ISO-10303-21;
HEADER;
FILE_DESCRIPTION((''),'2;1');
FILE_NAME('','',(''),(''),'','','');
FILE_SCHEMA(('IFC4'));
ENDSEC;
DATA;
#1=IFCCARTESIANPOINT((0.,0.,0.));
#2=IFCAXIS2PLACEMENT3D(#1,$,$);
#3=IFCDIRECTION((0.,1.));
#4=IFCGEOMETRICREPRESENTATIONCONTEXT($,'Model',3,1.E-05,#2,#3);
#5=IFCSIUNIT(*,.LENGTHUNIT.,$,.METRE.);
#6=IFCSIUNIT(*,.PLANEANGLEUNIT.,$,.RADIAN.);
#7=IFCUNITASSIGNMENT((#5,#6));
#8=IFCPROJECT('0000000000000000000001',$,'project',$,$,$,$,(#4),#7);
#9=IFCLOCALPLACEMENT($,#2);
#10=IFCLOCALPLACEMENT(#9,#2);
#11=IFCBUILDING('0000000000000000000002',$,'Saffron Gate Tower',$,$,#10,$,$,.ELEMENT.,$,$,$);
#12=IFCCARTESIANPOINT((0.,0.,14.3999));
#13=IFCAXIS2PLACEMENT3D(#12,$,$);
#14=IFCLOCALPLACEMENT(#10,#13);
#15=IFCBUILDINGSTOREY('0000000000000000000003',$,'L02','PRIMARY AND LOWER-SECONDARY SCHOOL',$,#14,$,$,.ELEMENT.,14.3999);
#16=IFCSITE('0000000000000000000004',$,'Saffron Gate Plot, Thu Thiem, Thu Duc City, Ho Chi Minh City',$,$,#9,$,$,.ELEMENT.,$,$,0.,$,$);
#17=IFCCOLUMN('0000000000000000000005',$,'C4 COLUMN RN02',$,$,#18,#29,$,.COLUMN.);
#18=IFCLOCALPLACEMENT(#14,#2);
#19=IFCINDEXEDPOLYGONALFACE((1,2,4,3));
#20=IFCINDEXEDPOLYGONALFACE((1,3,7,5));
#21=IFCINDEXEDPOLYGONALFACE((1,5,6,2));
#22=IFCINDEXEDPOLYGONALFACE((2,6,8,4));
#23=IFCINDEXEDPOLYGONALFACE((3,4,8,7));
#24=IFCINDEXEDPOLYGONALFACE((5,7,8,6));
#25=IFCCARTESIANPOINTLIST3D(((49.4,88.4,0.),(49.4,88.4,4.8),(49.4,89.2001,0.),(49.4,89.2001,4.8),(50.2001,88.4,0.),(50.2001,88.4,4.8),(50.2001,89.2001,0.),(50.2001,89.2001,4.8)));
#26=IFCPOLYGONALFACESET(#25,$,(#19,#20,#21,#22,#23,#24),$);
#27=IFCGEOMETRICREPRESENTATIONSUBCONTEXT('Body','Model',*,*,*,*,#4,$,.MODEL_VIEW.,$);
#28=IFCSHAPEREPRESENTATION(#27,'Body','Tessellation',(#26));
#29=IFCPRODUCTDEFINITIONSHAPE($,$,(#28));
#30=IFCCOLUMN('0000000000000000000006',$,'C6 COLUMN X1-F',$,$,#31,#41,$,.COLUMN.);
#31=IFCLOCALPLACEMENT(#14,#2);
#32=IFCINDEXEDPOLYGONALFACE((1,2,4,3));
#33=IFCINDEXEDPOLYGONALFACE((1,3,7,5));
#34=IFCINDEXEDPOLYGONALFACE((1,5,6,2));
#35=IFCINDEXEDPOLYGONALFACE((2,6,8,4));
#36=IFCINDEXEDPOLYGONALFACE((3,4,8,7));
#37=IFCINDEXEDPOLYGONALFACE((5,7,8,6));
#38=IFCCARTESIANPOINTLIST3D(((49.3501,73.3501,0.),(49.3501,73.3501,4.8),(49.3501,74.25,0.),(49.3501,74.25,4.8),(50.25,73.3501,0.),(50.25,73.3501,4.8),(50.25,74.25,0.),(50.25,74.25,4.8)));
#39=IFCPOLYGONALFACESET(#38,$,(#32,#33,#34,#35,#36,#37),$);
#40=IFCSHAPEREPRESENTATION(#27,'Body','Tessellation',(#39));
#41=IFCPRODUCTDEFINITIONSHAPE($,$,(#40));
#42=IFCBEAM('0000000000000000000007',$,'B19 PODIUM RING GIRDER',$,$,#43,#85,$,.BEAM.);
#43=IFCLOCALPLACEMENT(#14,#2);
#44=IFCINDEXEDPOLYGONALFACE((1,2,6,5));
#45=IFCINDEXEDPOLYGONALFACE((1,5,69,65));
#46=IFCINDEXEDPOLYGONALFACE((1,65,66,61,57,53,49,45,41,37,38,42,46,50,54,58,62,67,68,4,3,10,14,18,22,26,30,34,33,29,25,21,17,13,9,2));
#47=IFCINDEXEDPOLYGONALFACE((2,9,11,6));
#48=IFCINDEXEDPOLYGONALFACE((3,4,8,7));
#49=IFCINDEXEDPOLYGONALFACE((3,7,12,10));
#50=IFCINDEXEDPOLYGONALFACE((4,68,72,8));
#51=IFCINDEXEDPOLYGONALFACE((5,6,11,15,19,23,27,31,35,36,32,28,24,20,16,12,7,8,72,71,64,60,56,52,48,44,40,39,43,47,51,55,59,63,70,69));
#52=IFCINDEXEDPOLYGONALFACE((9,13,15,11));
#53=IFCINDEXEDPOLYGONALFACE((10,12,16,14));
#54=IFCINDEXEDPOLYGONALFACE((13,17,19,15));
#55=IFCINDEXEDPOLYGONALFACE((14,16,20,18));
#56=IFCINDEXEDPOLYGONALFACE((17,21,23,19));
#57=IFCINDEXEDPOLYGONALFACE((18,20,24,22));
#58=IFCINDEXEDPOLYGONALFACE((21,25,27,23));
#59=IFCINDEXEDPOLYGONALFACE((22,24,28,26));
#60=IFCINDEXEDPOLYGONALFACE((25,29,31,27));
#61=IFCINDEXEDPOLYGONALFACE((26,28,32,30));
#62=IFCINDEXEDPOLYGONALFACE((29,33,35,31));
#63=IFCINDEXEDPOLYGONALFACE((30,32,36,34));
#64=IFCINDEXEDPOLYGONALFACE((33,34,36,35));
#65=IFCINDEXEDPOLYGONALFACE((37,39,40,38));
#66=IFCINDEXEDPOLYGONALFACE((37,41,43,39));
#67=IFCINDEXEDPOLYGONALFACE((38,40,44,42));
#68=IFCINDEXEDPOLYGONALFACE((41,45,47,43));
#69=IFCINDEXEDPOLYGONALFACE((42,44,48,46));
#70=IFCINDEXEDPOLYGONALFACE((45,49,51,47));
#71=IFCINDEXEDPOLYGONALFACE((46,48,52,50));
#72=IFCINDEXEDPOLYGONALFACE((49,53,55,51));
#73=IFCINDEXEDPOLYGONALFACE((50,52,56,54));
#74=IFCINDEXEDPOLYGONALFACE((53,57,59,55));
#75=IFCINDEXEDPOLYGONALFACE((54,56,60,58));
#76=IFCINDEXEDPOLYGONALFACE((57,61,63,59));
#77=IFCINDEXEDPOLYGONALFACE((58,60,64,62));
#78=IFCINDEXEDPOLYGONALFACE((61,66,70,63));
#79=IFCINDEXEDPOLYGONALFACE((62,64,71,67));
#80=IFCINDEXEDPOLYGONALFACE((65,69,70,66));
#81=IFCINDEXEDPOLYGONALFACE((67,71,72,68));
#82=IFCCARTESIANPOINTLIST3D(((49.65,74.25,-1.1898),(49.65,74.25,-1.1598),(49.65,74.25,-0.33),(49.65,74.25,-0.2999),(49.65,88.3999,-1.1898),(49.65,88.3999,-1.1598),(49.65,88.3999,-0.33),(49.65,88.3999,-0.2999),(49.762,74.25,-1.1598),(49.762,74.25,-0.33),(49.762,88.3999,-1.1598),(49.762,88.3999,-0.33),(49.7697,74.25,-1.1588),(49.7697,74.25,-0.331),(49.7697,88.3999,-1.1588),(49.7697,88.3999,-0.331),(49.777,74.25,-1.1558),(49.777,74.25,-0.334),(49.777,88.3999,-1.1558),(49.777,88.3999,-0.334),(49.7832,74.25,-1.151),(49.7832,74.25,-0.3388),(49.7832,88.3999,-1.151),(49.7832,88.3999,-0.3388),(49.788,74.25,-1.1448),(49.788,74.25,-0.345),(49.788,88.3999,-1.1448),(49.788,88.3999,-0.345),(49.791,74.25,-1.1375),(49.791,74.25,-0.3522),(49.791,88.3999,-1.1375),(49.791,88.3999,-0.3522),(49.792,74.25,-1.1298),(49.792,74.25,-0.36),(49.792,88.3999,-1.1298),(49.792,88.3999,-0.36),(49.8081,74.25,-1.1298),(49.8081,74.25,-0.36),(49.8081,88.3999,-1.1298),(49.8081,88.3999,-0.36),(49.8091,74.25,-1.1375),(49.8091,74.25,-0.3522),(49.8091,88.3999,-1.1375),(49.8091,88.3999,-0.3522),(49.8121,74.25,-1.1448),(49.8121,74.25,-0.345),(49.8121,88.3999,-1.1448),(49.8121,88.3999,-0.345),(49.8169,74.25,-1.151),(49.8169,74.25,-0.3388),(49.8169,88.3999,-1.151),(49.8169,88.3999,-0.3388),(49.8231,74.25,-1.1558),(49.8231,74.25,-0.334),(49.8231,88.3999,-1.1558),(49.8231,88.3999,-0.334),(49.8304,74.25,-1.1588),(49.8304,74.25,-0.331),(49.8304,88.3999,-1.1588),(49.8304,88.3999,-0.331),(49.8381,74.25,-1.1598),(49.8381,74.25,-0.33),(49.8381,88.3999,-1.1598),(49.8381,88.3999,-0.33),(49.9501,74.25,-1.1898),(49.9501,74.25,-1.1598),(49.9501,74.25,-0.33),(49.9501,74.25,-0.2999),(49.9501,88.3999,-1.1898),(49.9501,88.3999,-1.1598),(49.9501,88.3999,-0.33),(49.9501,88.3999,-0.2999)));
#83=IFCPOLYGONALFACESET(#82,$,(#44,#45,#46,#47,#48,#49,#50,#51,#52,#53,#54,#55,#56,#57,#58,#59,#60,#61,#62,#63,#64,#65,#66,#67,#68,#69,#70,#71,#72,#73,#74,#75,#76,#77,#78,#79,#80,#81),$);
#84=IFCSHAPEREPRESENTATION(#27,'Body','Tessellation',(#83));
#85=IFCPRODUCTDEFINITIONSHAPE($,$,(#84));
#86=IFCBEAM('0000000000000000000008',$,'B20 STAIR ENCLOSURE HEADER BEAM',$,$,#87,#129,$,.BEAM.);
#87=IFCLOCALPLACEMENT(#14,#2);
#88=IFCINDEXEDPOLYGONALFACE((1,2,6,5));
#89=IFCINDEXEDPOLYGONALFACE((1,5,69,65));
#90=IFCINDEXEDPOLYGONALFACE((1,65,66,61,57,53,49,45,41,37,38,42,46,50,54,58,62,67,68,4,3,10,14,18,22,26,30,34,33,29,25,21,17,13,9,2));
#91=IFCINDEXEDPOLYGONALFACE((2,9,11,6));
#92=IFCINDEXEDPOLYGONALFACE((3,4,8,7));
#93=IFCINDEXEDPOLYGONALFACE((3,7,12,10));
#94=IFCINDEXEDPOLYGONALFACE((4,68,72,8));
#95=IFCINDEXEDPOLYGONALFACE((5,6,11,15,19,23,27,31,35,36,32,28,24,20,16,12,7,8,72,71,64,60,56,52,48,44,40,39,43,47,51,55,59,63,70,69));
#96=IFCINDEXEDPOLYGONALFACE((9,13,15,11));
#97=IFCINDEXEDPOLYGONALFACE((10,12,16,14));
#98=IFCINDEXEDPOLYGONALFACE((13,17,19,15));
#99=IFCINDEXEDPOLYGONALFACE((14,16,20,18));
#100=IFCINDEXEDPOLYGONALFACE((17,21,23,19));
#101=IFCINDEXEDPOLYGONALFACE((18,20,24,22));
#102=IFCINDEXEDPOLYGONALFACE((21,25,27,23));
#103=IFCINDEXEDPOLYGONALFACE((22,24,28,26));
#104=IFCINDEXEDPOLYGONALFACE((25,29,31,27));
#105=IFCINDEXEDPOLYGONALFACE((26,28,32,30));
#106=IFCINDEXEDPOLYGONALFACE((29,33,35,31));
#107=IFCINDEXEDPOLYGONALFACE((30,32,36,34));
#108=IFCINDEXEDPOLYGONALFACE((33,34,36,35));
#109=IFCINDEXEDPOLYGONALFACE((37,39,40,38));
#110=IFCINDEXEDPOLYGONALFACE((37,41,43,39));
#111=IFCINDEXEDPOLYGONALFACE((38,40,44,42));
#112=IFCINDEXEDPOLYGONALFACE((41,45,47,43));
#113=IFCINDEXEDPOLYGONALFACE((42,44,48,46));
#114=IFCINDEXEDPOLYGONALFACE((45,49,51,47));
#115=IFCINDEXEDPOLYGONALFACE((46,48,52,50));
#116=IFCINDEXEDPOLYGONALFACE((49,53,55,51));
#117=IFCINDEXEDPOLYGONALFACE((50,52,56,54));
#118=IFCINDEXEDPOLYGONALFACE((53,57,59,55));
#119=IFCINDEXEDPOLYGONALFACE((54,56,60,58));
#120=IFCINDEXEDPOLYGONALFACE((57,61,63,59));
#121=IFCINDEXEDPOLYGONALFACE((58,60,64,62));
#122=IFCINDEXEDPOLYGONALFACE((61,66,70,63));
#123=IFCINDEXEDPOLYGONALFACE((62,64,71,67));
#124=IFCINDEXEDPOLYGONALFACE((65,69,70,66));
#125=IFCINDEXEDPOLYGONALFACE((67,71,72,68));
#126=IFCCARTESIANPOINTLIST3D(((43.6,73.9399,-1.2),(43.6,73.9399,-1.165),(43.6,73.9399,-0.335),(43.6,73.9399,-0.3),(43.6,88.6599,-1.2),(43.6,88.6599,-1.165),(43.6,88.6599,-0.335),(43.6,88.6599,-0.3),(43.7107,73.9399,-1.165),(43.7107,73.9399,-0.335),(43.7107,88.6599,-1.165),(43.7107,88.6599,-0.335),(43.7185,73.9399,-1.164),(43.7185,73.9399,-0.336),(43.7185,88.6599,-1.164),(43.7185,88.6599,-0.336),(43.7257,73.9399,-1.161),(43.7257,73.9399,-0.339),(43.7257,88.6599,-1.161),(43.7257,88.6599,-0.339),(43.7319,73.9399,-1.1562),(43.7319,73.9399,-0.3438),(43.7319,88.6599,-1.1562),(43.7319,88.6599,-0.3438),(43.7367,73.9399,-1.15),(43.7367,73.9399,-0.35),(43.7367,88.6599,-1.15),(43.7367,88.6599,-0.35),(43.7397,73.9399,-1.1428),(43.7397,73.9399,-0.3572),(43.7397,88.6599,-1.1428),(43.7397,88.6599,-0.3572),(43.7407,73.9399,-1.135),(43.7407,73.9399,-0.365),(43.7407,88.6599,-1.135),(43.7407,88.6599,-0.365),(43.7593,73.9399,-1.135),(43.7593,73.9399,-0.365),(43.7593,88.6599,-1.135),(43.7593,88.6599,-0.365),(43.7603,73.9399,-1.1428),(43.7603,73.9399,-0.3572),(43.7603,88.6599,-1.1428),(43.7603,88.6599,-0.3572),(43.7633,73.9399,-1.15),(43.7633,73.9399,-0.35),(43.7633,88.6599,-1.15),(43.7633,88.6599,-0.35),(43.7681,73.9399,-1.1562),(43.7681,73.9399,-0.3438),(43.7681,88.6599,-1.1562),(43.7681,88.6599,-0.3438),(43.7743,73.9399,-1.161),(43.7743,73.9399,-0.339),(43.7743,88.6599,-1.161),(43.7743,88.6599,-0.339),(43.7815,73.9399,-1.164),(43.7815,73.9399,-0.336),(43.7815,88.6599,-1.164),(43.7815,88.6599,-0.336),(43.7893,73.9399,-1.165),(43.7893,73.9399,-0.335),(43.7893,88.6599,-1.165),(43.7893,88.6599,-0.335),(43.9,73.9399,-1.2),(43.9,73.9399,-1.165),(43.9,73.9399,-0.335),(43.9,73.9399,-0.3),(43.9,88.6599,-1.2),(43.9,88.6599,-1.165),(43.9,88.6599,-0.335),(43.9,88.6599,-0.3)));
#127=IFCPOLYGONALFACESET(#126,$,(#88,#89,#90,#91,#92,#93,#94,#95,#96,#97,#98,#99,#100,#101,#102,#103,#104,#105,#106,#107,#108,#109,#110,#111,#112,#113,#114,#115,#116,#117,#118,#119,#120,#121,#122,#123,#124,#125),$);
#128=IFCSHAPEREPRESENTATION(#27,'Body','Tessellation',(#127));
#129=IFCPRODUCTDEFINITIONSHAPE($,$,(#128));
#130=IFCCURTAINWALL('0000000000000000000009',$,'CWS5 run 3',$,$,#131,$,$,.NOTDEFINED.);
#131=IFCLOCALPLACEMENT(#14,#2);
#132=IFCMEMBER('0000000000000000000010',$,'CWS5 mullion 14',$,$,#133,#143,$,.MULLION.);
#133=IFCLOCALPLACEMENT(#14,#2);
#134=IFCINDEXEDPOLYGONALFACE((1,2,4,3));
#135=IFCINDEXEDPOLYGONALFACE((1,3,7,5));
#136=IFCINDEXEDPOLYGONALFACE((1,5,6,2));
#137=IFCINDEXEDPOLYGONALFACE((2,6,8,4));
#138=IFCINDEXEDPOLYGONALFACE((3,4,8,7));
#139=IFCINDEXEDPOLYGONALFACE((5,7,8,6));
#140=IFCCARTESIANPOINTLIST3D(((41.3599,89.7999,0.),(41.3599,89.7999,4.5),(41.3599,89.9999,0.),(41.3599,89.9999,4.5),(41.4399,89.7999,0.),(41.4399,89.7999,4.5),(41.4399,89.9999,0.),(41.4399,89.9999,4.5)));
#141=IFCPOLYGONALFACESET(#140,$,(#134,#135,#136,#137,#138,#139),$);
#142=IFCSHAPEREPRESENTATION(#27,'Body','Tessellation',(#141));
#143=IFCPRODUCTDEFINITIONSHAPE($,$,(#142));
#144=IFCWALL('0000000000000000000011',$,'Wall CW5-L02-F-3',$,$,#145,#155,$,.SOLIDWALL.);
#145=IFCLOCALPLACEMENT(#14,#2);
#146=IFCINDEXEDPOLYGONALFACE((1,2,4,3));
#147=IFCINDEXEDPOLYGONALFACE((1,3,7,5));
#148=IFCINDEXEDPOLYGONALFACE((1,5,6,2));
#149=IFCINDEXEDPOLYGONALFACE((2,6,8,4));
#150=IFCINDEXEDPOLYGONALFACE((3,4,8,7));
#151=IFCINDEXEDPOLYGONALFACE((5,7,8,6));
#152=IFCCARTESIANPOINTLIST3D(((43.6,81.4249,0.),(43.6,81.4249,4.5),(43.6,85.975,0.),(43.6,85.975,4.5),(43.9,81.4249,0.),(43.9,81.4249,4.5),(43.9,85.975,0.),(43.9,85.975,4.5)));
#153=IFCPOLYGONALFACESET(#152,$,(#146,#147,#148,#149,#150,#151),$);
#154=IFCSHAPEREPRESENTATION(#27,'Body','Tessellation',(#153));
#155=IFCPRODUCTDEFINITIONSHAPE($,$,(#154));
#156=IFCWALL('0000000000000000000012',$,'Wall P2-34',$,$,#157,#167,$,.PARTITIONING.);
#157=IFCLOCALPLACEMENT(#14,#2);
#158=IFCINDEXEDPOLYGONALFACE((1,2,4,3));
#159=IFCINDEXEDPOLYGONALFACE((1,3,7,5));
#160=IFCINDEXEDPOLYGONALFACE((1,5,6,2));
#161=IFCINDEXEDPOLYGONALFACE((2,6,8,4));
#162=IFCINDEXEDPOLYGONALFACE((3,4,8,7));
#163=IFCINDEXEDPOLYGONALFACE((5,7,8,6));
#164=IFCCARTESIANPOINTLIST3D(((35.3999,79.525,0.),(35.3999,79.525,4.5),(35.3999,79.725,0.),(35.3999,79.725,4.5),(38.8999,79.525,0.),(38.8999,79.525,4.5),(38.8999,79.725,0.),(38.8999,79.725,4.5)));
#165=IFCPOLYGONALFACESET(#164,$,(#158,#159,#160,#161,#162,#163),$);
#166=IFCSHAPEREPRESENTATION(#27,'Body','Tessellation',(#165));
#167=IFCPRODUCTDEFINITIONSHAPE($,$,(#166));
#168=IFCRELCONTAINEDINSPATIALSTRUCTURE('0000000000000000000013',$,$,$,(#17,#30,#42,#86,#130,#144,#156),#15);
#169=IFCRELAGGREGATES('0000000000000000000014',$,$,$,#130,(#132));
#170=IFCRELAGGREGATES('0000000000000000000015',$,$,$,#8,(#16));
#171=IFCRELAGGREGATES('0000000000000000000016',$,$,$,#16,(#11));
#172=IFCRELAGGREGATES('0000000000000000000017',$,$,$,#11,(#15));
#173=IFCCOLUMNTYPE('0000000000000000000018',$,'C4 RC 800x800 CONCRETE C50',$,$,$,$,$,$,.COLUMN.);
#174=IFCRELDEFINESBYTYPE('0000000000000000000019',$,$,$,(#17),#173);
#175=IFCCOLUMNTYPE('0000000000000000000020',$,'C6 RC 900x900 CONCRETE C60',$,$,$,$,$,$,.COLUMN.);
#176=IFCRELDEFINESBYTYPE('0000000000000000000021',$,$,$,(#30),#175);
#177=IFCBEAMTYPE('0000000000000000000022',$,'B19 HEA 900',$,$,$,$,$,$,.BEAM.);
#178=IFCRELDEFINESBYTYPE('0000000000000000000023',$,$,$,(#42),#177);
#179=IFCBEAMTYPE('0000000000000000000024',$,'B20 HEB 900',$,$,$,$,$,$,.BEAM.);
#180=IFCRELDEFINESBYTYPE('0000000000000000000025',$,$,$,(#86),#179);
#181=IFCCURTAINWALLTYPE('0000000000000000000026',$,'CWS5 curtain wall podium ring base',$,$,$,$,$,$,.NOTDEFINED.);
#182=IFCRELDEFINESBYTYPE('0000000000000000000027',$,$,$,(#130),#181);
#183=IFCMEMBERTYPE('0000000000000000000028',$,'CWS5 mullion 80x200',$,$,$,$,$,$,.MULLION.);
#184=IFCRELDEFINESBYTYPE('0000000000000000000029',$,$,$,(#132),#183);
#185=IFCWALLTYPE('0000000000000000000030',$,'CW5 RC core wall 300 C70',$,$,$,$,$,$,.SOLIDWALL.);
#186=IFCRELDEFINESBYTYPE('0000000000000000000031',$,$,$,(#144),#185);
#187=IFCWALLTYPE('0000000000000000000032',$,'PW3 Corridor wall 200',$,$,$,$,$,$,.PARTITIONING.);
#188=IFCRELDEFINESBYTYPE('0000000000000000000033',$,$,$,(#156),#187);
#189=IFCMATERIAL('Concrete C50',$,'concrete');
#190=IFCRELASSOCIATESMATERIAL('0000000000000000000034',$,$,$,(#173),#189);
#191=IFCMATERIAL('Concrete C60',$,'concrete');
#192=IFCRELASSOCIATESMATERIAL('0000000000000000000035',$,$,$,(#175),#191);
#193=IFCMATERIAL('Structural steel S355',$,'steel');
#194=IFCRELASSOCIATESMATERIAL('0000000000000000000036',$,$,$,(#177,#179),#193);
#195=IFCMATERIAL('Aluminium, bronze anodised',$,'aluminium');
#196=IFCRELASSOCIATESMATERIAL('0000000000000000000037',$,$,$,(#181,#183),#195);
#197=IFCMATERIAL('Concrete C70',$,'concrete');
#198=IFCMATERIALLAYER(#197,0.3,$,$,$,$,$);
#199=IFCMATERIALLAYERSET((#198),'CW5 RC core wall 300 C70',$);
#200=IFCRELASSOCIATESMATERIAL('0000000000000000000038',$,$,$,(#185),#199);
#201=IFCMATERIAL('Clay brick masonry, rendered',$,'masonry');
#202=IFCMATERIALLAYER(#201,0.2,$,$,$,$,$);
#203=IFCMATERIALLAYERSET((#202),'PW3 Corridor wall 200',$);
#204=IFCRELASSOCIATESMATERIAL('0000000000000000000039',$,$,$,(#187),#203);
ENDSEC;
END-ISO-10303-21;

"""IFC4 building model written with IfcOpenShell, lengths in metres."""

from ifc_helpers import new_model, si_unit, direction, frame, frame_2d, origin, origin_2d, place, context, subcontext, project, spatial, rectangle, i_section, extrude, material, layer, layer_set, material_profile, profile_set, type_object, element, aggregate, save


model = new_model("IFC4")

# Units and contexts
model_context = context("Model", 3, precision=1e-05, world=origin(), true_north=direction((0.0, 1.0)))
body_context = subcontext(model_context, "Body", "Model", "MODEL_VIEW")
ifc_project = project(units=[si_unit("LENGTHUNIT", "METRE"), si_unit("PLANEANGLEUNIT", "RADIAN")], contexts=[model_context])

# Site, building, storey
site_placement = place(None, origin())
site = spatial("IfcSite", under=ifc_project, at=site_placement, Name="Saffron Gate Plot, Thu Thiem, Thu Duc City, Ho Chi Minh City", CompositionType="ELEMENT", RefElevation=0.0)
building_placement = place(site_placement, origin())
building = spatial("IfcBuilding", under=site, at=building_placement, Name="Saffron Gate Tower", CompositionType="ELEMENT")
storey_placement = place(building_placement, frame((0.0, 0.0, 14.3999)))
storey = spatial("IfcBuildingStorey", under=building, at=storey_placement, Name="L02", Description="PRIMARY AND LOWER-SECONDARY SCHOOL", CompositionType="ELEMENT", Elevation=14.3999)

# Columns
ifc_material_1 = material(Name="Concrete C50", Category="concrete")
ifc_material_profile_1 = material_profile(ifc_material_1, rectangle(XDim=0.8, YDim=0.8, at=origin_2d()))
ifc_profile_set_1 = profile_set([ifc_material_profile_1], Name="Concrete C50")
column_type_1 = type_object("IfcColumnType", Name="C4 RC 800x800 CONCRETE C50", PredefinedType="COLUMN", material=ifc_profile_set_1)
column_1_placement = place(storey_placement, frame((49.8, 88.8, 0.0), z_axis=(0.0, 0.0, 1.0), x_axis=(1.0, 0.0, 0.0)))
element("IfcColumn", 1, at=column_1_placement, inside=storey, type_object=column_type_1, Name="C4 COLUMN RN02", PredefinedType="COLUMN", context=body_context, shape_type="SweptSolid", body=[
    extrude(rectangle(XDim=0.8, YDim=0.8, at=origin_2d()), origin(), (0.0, 0.0, 1.0), 4.8),
])
ifc_material_2 = material(Name="Concrete C60", Category="concrete")
ifc_material_profile_2 = material_profile(ifc_material_2, rectangle(XDim=0.8999, YDim=0.8999, at=origin_2d()))
ifc_profile_set_2 = profile_set([ifc_material_profile_2], Name="Concrete C60")
column_type_2 = type_object("IfcColumnType", Name="C6 RC 900x900 CONCRETE C60", PredefinedType="COLUMN", material=ifc_profile_set_2)
column_2_placement = place(storey_placement, frame((49.8, 73.8, 0.0), z_axis=(0.0, 0.0, 1.0), x_axis=(1.0, 0.0, 0.0)))
element("IfcColumn", 2, at=column_2_placement, inside=storey, type_object=column_type_2, Name="C6 COLUMN X1-F", PredefinedType="COLUMN", context=body_context, shape_type="SweptSolid", body=[
    extrude(rectangle(XDim=0.8999, YDim=0.8999, at=origin_2d()), origin(), (0.0, 0.0, 1.0), 4.8),
])

# Beams
ifc_material_3 = material(Name="Structural steel S355", Category="steel")
ifc_material_profile_3 = material_profile(ifc_material_3, i_section(OverallWidth=0.3, OverallDepth=0.8899, WebThickness=0.0161, FlangeThickness=0.03, FilletRadius=0.03, at=origin_2d()))
ifc_profile_set_3 = profile_set([ifc_material_profile_3], Name="Structural steel S355")
beam_type_1 = type_object("IfcBeamType", Name="B19 HEA 900", PredefinedType="BEAM", material=ifc_profile_set_3)
beam_1_placement = place(storey_placement, frame((49.8, 88.3999, -0.7449), z_axis=(0.0, -1.0, 0.0), x_axis=(1.0, 0.0, 0.0)))
element("IfcBeam", 3, at=beam_1_placement, inside=storey, type_object=beam_type_1, Name="B19 PODIUM RING GIRDER", PredefinedType="BEAM", context=body_context, shape_type="SweptSolid", body=[
    extrude(i_section(OverallWidth=0.3, OverallDepth=0.8899, WebThickness=0.0161, FlangeThickness=0.03, FilletRadius=0.03, at=origin_2d()), origin(), (0.0, 0.0, 1.0), 14.1499),
])
ifc_material_profile_4 = material_profile(ifc_material_3, i_section(OverallWidth=0.3, OverallDepth=0.8999, WebThickness=0.0186, FlangeThickness=0.0349, FilletRadius=0.03, at=origin_2d()))
ifc_profile_set_4 = profile_set([ifc_material_profile_4], Name="Structural steel S355")
beam_type_2 = type_object("IfcBeamType", Name="B20 HEB 900", PredefinedType="BEAM", material=ifc_profile_set_4)
beam_2_placement = place(storey_placement, frame((43.75, 73.9399, -0.75), z_axis=(0.0, 1.0, 0.0), x_axis=(-1.0, 0.0, 0.0)))
element("IfcBeam", 4, at=beam_2_placement, inside=storey, type_object=beam_type_2, Name="B20 STAIR ENCLOSURE HEADER BEAM", PredefinedType="BEAM", context=body_context, shape_type="SweptSolid", body=[
    extrude(i_section(OverallWidth=0.3, OverallDepth=0.8999, WebThickness=0.0186, FlangeThickness=0.0349, FilletRadius=0.03, at=origin_2d()), origin(), (0.0, 0.0, 1.0), 14.72),
])

# Curtain wall, member
ifc_material_4 = material(Name="Aluminium, bronze anodised", Category="aluminium")
curtain_wall_type = type_object("IfcCurtainWallType", Name="CWS5 curtain wall podium ring base", PredefinedType="NOTDEFINED", material=ifc_material_4)
curtain_wall_placement = place(storey_placement, origin())
curtain_wall = element("IfcCurtainWall", 5, at=curtain_wall_placement, inside=storey, type_object=curtain_wall_type, Name="CWS5 run 3", PredefinedType="NOTDEFINED")
ifc_material_profile_5 = material_profile(ifc_material_4, rectangle(XDim=0.2, YDim=0.0801, at=origin_2d()))
ifc_profile_set_5 = profile_set([ifc_material_profile_5], Name="Aluminium, bronze anodised")
member_type = type_object("IfcMemberType", Name="CWS5 mullion 80x200", PredefinedType="MULLION", material=ifc_profile_set_5)
member_placement = place(storey_placement, frame((41.3999, 89.8999, 0.0), z_axis=(0.0, 0.0, 1.0), x_axis=(0.0, -1.0, 0.0)))
member = element("IfcMember", 6, at=member_placement, type_object=member_type, Name="CWS5 mullion 14", PredefinedType="MULLION", context=body_context, shape_type="SweptSolid", body=[
    extrude(rectangle(XDim=0.2, YDim=0.0801, at=origin_2d()), origin(), (0.0, 0.0, 1.0), 4.5),
])
aggregate(curtain_wall, [member])

# Walls
ifc_material_5 = material(Name="Concrete C70", Category="concrete")
ifc_layer_1 = layer(ifc_material_5, 0.3)
ifc_layer_set_1 = layer_set([ifc_layer_1], Name="CW5 RC core wall 300 C70")
wall_type_1 = type_object("IfcWallType", Name="CW5 RC core wall 300 C70", PredefinedType="SOLIDWALL", material=ifc_layer_set_1)
wall_1_placement = place(storey_placement, frame((43.75, 81.425, 0.0), z_axis=(0.0, 0.0, 1.0), x_axis=(0.0, 1.0, 0.0)))
element("IfcWall", 7, at=wall_1_placement, inside=storey, type_object=wall_type_1, Name="Wall CW5-L02-F-3", PredefinedType="SOLIDWALL", context=body_context, shape_type="SweptSolid", body=[
    extrude(rectangle(XDim=4.55, YDim=0.3, at=frame_2d((2.2749, 0.0))), origin(), (0.0, 0.0, 1.0), 4.5),
])
ifc_material_6 = material(Name="Clay brick masonry, rendered", Category="masonry")
ifc_layer_2 = layer(ifc_material_6, 0.2)
ifc_layer_set_2 = layer_set([ifc_layer_2], Name="PW3 Corridor wall 200")
wall_type_2 = type_object("IfcWallType", Name="PW3 Corridor wall 200", PredefinedType="PARTITIONING", material=ifc_layer_set_2)
wall_2_placement = place(storey_placement, frame((35.3999, 79.625, 0.0), z_axis=(0.0, 0.0, 1.0), x_axis=(1.0, 0.0, 0.0)))
element("IfcWall", 8, at=wall_2_placement, inside=storey, type_object=wall_type_2, Name="Wall P2-34", PredefinedType="PARTITIONING", context=body_context, shape_type="SweptSolid", body=[
    extrude(rectangle(XDim=3.5, YDim=0.2, at=frame_2d((1.75, 0.0))), origin(), (0.0, 0.0, 1.0), 4.5),
])

save(model, "model.ifc")
